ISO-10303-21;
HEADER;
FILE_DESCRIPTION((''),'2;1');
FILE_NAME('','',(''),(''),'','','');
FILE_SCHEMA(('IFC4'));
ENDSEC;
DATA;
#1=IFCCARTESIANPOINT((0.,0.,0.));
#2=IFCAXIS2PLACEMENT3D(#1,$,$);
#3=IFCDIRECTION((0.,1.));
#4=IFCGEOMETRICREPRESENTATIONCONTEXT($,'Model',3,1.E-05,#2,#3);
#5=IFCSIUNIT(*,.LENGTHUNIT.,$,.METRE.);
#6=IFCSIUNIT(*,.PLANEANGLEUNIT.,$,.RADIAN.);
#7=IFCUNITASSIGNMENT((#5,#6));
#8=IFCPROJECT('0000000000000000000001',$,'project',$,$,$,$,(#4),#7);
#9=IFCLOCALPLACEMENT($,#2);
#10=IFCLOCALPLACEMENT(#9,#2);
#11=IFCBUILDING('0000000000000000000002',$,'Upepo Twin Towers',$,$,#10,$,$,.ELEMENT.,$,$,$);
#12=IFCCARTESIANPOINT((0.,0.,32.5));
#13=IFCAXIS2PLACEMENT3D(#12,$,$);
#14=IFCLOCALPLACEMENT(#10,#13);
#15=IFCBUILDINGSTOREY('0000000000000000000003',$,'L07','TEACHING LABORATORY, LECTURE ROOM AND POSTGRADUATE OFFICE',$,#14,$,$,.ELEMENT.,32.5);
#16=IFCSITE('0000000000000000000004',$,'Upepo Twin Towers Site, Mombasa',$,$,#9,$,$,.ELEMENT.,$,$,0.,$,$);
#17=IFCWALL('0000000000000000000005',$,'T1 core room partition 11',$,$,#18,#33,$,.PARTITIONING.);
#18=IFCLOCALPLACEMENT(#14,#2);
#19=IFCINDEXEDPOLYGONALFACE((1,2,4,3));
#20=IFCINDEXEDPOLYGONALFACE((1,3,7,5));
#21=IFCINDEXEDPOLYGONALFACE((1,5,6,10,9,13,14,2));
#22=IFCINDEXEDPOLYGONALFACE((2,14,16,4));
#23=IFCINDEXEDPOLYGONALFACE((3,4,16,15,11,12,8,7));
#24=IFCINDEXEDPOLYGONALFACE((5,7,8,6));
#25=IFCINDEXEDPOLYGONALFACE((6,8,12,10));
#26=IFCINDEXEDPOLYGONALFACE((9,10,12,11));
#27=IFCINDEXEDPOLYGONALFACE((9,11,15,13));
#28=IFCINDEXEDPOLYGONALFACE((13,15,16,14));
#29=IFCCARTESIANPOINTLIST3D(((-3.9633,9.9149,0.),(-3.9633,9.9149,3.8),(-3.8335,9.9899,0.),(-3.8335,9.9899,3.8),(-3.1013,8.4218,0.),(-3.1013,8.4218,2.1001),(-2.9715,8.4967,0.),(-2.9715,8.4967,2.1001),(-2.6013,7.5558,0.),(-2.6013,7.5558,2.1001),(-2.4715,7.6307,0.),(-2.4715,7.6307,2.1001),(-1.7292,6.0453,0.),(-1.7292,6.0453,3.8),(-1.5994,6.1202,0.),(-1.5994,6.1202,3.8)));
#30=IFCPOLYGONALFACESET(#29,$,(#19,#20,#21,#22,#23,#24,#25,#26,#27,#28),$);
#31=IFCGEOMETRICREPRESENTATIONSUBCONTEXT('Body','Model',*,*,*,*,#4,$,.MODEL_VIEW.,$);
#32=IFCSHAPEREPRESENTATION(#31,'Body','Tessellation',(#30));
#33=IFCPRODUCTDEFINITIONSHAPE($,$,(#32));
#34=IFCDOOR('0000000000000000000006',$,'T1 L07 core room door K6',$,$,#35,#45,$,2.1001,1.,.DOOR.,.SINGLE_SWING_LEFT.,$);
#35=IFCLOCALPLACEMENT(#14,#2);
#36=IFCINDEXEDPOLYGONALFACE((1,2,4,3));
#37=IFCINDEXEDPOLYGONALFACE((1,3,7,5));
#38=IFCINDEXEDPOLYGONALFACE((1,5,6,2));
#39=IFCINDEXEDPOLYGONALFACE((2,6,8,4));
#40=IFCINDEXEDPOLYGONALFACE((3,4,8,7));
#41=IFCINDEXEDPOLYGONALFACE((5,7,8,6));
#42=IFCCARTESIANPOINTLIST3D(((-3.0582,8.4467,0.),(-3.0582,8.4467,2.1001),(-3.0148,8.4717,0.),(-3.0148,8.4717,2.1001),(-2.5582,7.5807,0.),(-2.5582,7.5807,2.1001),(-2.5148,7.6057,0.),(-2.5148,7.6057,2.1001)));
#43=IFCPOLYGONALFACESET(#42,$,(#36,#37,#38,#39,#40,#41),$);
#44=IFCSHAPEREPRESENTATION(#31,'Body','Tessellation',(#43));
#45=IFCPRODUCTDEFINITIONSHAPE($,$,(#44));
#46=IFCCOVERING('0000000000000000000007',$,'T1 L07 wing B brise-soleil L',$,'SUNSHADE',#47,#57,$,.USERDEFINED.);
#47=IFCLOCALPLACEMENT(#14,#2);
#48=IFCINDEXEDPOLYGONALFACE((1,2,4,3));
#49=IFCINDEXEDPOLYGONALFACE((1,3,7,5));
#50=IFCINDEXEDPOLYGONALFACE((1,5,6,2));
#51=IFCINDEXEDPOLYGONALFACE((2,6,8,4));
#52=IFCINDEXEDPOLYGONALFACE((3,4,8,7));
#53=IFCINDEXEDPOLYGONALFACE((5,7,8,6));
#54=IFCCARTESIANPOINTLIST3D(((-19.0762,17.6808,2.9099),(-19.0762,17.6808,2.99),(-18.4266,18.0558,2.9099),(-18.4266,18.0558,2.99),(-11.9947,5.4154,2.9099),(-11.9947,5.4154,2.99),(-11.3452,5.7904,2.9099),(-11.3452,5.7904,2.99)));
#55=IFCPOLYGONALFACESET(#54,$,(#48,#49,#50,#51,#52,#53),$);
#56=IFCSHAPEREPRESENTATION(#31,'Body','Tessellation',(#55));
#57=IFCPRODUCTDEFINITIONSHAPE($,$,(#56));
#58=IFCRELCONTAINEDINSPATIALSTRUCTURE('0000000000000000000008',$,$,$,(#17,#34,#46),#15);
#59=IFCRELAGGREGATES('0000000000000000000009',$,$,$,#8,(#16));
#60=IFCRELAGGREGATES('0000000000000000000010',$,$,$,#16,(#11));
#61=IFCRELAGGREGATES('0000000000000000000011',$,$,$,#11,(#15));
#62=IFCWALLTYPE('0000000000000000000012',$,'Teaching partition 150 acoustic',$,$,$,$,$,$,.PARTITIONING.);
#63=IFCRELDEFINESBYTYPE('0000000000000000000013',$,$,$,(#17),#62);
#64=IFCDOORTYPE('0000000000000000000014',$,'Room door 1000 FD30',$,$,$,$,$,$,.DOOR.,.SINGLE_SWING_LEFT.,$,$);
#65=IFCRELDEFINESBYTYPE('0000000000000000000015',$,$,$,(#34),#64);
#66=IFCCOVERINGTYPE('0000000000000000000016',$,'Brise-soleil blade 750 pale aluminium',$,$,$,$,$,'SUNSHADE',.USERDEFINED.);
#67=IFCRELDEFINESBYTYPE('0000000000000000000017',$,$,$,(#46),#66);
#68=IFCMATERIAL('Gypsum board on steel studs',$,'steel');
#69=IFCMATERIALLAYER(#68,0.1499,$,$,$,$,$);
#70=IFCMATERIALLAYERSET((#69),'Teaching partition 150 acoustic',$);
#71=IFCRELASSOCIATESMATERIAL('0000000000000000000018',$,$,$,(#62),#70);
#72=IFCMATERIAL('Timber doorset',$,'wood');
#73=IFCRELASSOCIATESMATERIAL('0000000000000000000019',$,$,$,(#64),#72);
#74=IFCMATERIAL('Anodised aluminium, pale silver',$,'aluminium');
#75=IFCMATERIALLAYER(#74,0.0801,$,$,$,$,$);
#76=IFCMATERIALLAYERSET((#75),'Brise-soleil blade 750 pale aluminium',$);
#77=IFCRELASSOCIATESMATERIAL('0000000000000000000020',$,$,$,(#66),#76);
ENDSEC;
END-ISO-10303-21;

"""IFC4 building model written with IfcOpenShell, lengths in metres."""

from ifc_helpers import new_model, si_unit, direction, frame, frame_2d, origin, origin_2d, place, context, subcontext, project, spatial, rectangle, extrude, material, layer, layer_set, type_object, element, fill, save


model = new_model("IFC4")

# Units and contexts
model_context = context("Model", 3, precision=1e-05, world=origin(), true_north=direction((0.0, 1.0)))
body_context = subcontext(model_context, "Body", "Model", "MODEL_VIEW")
ifc_project = project(units=[si_unit("LENGTHUNIT", "METRE"), si_unit("PLANEANGLEUNIT", "RADIAN")], contexts=[model_context])

# Site, building, storey
site_placement = place(None, origin())
site = spatial("IfcSite", under=ifc_project, at=site_placement, Name="Upepo Twin Towers Site, Mombasa", CompositionType="ELEMENT", RefElevation=0.0)
building_placement = place(site_placement, origin())
building = spatial("IfcBuilding", under=site, at=building_placement, Name="Upepo Twin Towers", CompositionType="ELEMENT")
storey_placement = place(building_placement, frame((0.0, 0.0, 32.5)))
storey = spatial("IfcBuildingStorey", under=building, at=storey_placement, Name="L07", Description="TEACHING LABORATORY, LECTURE ROOM AND POSTGRADUATE OFFICE", CompositionType="ELEMENT", Elevation=32.5)

# Wall, opening, door
ifc_material_1 = material(Name="Gypsum board on steel studs", Category="steel")
ifc_layer_1 = layer(ifc_material_1, 0.1499)
ifc_layer_set_1 = layer_set([ifc_layer_1], Name="Teaching partition 150 acoustic")
wall_type_1 = type_object("IfcWallType", Name="Teaching partition 150 acoustic", PredefinedType="PARTITIONING", material=ifc_layer_set_1)
wall_1_placement = place(storey_placement, frame((-3.8984, 9.9524, 0.0), z_axis=(0.0, 0.0, 1.0), x_axis=(0.5, -0.866025, 0.0)))
wall_1 = element("IfcWall", 1, at=wall_1_placement, inside=storey, type_object=wall_type_1, Name="T1 core room partition 11", PredefinedType="PARTITIONING", context=body_context, shape_type="SweptSolid", body=[
    extrude(rectangle(XDim=4.4683, YDim=0.1499, at=frame_2d((2.2341, 0.0))), origin(), (0.0, 0.0, 1.0), 3.8),
])
opening_1_placement = place(wall_1_placement, frame((1.7241, 0.0, 0.0)))
opening_1 = element("IfcOpeningElement", 2, at=opening_1_placement, cuts=wall_1, PredefinedType="OPENING", context=body_context, shape_type="SweptSolid", body=[
    extrude(rectangle(XDim=1.0, YDim=2.1001, at=frame_2d((0.5, 1.05))), frame((0.0, 0.085, 0.0), z_axis=(0.0, -1.0, 0.0), x_axis=(1.0, 0.0, 0.0)), (0.0, 0.0, 1.0), 0.1699),
])
ifc_material_2 = material(Name="Timber doorset", Category="wood")
door_type_1 = type_object("IfcDoorType", Name="Room door 1000 FD30", OperationType="SINGLE_SWING_LEFT", PredefinedType="DOOR", material=ifc_material_2)
door_1_placement = place(opening_1_placement, origin())
door_1 = element("IfcDoor", 3, at=door_1_placement, inside=storey, type_object=door_type_1, Name="T1 L07 core room door K6", OperationType="SINGLE_SWING_LEFT", OverallHeight=2.1001, OverallWidth=1.0, PredefinedType="DOOR", context=body_context, shape_type="SweptSolid", body=[
    extrude(rectangle(XDim=1.0, YDim=2.1001, at=frame_2d((0.5, 1.05))), frame((0.0, 0.0249, 0.0), z_axis=(0.0, -1.0, 0.0), x_axis=(1.0, 0.0, 0.0)), (0.0, 0.0, 1.0), 0.05),
])
fill(opening_1, door_1)

# Covering
ifc_material_3 = material(Name="Anodised aluminium, pale silver", Category="aluminium")
ifc_layer_2 = layer(ifc_material_3, 0.0801)
ifc_layer_set_2 = layer_set([ifc_layer_2], Name="Brise-soleil blade 750 pale aluminium")
covering_type = type_object("IfcCoveringType", Name="Brise-soleil blade 750 pale aluminium", ElementType="SUNSHADE", PredefinedType="USERDEFINED", material=ifc_layer_set_2)
covering_placement = place(storey_placement, frame((-15.2107, 11.7356, 2.9099), z_axis=(0.0, 0.0, 1.0), x_axis=(-0.5, 0.866025, 0.0)))
element("IfcCovering", 4, at=covering_placement, inside=storey, type_object=covering_type, Name="T1 L07 wing B brise-soleil L", ObjectType="SUNSHADE", PredefinedType="USERDEFINED", context=body_context, shape_type="SweptSolid", body=[
    extrude(rectangle(XDim=14.1628, YDim=0.75, at=origin_2d()), origin(), (0.0, 0.0, 1.0), 0.0801),
])

save(model, "model.ifc")
